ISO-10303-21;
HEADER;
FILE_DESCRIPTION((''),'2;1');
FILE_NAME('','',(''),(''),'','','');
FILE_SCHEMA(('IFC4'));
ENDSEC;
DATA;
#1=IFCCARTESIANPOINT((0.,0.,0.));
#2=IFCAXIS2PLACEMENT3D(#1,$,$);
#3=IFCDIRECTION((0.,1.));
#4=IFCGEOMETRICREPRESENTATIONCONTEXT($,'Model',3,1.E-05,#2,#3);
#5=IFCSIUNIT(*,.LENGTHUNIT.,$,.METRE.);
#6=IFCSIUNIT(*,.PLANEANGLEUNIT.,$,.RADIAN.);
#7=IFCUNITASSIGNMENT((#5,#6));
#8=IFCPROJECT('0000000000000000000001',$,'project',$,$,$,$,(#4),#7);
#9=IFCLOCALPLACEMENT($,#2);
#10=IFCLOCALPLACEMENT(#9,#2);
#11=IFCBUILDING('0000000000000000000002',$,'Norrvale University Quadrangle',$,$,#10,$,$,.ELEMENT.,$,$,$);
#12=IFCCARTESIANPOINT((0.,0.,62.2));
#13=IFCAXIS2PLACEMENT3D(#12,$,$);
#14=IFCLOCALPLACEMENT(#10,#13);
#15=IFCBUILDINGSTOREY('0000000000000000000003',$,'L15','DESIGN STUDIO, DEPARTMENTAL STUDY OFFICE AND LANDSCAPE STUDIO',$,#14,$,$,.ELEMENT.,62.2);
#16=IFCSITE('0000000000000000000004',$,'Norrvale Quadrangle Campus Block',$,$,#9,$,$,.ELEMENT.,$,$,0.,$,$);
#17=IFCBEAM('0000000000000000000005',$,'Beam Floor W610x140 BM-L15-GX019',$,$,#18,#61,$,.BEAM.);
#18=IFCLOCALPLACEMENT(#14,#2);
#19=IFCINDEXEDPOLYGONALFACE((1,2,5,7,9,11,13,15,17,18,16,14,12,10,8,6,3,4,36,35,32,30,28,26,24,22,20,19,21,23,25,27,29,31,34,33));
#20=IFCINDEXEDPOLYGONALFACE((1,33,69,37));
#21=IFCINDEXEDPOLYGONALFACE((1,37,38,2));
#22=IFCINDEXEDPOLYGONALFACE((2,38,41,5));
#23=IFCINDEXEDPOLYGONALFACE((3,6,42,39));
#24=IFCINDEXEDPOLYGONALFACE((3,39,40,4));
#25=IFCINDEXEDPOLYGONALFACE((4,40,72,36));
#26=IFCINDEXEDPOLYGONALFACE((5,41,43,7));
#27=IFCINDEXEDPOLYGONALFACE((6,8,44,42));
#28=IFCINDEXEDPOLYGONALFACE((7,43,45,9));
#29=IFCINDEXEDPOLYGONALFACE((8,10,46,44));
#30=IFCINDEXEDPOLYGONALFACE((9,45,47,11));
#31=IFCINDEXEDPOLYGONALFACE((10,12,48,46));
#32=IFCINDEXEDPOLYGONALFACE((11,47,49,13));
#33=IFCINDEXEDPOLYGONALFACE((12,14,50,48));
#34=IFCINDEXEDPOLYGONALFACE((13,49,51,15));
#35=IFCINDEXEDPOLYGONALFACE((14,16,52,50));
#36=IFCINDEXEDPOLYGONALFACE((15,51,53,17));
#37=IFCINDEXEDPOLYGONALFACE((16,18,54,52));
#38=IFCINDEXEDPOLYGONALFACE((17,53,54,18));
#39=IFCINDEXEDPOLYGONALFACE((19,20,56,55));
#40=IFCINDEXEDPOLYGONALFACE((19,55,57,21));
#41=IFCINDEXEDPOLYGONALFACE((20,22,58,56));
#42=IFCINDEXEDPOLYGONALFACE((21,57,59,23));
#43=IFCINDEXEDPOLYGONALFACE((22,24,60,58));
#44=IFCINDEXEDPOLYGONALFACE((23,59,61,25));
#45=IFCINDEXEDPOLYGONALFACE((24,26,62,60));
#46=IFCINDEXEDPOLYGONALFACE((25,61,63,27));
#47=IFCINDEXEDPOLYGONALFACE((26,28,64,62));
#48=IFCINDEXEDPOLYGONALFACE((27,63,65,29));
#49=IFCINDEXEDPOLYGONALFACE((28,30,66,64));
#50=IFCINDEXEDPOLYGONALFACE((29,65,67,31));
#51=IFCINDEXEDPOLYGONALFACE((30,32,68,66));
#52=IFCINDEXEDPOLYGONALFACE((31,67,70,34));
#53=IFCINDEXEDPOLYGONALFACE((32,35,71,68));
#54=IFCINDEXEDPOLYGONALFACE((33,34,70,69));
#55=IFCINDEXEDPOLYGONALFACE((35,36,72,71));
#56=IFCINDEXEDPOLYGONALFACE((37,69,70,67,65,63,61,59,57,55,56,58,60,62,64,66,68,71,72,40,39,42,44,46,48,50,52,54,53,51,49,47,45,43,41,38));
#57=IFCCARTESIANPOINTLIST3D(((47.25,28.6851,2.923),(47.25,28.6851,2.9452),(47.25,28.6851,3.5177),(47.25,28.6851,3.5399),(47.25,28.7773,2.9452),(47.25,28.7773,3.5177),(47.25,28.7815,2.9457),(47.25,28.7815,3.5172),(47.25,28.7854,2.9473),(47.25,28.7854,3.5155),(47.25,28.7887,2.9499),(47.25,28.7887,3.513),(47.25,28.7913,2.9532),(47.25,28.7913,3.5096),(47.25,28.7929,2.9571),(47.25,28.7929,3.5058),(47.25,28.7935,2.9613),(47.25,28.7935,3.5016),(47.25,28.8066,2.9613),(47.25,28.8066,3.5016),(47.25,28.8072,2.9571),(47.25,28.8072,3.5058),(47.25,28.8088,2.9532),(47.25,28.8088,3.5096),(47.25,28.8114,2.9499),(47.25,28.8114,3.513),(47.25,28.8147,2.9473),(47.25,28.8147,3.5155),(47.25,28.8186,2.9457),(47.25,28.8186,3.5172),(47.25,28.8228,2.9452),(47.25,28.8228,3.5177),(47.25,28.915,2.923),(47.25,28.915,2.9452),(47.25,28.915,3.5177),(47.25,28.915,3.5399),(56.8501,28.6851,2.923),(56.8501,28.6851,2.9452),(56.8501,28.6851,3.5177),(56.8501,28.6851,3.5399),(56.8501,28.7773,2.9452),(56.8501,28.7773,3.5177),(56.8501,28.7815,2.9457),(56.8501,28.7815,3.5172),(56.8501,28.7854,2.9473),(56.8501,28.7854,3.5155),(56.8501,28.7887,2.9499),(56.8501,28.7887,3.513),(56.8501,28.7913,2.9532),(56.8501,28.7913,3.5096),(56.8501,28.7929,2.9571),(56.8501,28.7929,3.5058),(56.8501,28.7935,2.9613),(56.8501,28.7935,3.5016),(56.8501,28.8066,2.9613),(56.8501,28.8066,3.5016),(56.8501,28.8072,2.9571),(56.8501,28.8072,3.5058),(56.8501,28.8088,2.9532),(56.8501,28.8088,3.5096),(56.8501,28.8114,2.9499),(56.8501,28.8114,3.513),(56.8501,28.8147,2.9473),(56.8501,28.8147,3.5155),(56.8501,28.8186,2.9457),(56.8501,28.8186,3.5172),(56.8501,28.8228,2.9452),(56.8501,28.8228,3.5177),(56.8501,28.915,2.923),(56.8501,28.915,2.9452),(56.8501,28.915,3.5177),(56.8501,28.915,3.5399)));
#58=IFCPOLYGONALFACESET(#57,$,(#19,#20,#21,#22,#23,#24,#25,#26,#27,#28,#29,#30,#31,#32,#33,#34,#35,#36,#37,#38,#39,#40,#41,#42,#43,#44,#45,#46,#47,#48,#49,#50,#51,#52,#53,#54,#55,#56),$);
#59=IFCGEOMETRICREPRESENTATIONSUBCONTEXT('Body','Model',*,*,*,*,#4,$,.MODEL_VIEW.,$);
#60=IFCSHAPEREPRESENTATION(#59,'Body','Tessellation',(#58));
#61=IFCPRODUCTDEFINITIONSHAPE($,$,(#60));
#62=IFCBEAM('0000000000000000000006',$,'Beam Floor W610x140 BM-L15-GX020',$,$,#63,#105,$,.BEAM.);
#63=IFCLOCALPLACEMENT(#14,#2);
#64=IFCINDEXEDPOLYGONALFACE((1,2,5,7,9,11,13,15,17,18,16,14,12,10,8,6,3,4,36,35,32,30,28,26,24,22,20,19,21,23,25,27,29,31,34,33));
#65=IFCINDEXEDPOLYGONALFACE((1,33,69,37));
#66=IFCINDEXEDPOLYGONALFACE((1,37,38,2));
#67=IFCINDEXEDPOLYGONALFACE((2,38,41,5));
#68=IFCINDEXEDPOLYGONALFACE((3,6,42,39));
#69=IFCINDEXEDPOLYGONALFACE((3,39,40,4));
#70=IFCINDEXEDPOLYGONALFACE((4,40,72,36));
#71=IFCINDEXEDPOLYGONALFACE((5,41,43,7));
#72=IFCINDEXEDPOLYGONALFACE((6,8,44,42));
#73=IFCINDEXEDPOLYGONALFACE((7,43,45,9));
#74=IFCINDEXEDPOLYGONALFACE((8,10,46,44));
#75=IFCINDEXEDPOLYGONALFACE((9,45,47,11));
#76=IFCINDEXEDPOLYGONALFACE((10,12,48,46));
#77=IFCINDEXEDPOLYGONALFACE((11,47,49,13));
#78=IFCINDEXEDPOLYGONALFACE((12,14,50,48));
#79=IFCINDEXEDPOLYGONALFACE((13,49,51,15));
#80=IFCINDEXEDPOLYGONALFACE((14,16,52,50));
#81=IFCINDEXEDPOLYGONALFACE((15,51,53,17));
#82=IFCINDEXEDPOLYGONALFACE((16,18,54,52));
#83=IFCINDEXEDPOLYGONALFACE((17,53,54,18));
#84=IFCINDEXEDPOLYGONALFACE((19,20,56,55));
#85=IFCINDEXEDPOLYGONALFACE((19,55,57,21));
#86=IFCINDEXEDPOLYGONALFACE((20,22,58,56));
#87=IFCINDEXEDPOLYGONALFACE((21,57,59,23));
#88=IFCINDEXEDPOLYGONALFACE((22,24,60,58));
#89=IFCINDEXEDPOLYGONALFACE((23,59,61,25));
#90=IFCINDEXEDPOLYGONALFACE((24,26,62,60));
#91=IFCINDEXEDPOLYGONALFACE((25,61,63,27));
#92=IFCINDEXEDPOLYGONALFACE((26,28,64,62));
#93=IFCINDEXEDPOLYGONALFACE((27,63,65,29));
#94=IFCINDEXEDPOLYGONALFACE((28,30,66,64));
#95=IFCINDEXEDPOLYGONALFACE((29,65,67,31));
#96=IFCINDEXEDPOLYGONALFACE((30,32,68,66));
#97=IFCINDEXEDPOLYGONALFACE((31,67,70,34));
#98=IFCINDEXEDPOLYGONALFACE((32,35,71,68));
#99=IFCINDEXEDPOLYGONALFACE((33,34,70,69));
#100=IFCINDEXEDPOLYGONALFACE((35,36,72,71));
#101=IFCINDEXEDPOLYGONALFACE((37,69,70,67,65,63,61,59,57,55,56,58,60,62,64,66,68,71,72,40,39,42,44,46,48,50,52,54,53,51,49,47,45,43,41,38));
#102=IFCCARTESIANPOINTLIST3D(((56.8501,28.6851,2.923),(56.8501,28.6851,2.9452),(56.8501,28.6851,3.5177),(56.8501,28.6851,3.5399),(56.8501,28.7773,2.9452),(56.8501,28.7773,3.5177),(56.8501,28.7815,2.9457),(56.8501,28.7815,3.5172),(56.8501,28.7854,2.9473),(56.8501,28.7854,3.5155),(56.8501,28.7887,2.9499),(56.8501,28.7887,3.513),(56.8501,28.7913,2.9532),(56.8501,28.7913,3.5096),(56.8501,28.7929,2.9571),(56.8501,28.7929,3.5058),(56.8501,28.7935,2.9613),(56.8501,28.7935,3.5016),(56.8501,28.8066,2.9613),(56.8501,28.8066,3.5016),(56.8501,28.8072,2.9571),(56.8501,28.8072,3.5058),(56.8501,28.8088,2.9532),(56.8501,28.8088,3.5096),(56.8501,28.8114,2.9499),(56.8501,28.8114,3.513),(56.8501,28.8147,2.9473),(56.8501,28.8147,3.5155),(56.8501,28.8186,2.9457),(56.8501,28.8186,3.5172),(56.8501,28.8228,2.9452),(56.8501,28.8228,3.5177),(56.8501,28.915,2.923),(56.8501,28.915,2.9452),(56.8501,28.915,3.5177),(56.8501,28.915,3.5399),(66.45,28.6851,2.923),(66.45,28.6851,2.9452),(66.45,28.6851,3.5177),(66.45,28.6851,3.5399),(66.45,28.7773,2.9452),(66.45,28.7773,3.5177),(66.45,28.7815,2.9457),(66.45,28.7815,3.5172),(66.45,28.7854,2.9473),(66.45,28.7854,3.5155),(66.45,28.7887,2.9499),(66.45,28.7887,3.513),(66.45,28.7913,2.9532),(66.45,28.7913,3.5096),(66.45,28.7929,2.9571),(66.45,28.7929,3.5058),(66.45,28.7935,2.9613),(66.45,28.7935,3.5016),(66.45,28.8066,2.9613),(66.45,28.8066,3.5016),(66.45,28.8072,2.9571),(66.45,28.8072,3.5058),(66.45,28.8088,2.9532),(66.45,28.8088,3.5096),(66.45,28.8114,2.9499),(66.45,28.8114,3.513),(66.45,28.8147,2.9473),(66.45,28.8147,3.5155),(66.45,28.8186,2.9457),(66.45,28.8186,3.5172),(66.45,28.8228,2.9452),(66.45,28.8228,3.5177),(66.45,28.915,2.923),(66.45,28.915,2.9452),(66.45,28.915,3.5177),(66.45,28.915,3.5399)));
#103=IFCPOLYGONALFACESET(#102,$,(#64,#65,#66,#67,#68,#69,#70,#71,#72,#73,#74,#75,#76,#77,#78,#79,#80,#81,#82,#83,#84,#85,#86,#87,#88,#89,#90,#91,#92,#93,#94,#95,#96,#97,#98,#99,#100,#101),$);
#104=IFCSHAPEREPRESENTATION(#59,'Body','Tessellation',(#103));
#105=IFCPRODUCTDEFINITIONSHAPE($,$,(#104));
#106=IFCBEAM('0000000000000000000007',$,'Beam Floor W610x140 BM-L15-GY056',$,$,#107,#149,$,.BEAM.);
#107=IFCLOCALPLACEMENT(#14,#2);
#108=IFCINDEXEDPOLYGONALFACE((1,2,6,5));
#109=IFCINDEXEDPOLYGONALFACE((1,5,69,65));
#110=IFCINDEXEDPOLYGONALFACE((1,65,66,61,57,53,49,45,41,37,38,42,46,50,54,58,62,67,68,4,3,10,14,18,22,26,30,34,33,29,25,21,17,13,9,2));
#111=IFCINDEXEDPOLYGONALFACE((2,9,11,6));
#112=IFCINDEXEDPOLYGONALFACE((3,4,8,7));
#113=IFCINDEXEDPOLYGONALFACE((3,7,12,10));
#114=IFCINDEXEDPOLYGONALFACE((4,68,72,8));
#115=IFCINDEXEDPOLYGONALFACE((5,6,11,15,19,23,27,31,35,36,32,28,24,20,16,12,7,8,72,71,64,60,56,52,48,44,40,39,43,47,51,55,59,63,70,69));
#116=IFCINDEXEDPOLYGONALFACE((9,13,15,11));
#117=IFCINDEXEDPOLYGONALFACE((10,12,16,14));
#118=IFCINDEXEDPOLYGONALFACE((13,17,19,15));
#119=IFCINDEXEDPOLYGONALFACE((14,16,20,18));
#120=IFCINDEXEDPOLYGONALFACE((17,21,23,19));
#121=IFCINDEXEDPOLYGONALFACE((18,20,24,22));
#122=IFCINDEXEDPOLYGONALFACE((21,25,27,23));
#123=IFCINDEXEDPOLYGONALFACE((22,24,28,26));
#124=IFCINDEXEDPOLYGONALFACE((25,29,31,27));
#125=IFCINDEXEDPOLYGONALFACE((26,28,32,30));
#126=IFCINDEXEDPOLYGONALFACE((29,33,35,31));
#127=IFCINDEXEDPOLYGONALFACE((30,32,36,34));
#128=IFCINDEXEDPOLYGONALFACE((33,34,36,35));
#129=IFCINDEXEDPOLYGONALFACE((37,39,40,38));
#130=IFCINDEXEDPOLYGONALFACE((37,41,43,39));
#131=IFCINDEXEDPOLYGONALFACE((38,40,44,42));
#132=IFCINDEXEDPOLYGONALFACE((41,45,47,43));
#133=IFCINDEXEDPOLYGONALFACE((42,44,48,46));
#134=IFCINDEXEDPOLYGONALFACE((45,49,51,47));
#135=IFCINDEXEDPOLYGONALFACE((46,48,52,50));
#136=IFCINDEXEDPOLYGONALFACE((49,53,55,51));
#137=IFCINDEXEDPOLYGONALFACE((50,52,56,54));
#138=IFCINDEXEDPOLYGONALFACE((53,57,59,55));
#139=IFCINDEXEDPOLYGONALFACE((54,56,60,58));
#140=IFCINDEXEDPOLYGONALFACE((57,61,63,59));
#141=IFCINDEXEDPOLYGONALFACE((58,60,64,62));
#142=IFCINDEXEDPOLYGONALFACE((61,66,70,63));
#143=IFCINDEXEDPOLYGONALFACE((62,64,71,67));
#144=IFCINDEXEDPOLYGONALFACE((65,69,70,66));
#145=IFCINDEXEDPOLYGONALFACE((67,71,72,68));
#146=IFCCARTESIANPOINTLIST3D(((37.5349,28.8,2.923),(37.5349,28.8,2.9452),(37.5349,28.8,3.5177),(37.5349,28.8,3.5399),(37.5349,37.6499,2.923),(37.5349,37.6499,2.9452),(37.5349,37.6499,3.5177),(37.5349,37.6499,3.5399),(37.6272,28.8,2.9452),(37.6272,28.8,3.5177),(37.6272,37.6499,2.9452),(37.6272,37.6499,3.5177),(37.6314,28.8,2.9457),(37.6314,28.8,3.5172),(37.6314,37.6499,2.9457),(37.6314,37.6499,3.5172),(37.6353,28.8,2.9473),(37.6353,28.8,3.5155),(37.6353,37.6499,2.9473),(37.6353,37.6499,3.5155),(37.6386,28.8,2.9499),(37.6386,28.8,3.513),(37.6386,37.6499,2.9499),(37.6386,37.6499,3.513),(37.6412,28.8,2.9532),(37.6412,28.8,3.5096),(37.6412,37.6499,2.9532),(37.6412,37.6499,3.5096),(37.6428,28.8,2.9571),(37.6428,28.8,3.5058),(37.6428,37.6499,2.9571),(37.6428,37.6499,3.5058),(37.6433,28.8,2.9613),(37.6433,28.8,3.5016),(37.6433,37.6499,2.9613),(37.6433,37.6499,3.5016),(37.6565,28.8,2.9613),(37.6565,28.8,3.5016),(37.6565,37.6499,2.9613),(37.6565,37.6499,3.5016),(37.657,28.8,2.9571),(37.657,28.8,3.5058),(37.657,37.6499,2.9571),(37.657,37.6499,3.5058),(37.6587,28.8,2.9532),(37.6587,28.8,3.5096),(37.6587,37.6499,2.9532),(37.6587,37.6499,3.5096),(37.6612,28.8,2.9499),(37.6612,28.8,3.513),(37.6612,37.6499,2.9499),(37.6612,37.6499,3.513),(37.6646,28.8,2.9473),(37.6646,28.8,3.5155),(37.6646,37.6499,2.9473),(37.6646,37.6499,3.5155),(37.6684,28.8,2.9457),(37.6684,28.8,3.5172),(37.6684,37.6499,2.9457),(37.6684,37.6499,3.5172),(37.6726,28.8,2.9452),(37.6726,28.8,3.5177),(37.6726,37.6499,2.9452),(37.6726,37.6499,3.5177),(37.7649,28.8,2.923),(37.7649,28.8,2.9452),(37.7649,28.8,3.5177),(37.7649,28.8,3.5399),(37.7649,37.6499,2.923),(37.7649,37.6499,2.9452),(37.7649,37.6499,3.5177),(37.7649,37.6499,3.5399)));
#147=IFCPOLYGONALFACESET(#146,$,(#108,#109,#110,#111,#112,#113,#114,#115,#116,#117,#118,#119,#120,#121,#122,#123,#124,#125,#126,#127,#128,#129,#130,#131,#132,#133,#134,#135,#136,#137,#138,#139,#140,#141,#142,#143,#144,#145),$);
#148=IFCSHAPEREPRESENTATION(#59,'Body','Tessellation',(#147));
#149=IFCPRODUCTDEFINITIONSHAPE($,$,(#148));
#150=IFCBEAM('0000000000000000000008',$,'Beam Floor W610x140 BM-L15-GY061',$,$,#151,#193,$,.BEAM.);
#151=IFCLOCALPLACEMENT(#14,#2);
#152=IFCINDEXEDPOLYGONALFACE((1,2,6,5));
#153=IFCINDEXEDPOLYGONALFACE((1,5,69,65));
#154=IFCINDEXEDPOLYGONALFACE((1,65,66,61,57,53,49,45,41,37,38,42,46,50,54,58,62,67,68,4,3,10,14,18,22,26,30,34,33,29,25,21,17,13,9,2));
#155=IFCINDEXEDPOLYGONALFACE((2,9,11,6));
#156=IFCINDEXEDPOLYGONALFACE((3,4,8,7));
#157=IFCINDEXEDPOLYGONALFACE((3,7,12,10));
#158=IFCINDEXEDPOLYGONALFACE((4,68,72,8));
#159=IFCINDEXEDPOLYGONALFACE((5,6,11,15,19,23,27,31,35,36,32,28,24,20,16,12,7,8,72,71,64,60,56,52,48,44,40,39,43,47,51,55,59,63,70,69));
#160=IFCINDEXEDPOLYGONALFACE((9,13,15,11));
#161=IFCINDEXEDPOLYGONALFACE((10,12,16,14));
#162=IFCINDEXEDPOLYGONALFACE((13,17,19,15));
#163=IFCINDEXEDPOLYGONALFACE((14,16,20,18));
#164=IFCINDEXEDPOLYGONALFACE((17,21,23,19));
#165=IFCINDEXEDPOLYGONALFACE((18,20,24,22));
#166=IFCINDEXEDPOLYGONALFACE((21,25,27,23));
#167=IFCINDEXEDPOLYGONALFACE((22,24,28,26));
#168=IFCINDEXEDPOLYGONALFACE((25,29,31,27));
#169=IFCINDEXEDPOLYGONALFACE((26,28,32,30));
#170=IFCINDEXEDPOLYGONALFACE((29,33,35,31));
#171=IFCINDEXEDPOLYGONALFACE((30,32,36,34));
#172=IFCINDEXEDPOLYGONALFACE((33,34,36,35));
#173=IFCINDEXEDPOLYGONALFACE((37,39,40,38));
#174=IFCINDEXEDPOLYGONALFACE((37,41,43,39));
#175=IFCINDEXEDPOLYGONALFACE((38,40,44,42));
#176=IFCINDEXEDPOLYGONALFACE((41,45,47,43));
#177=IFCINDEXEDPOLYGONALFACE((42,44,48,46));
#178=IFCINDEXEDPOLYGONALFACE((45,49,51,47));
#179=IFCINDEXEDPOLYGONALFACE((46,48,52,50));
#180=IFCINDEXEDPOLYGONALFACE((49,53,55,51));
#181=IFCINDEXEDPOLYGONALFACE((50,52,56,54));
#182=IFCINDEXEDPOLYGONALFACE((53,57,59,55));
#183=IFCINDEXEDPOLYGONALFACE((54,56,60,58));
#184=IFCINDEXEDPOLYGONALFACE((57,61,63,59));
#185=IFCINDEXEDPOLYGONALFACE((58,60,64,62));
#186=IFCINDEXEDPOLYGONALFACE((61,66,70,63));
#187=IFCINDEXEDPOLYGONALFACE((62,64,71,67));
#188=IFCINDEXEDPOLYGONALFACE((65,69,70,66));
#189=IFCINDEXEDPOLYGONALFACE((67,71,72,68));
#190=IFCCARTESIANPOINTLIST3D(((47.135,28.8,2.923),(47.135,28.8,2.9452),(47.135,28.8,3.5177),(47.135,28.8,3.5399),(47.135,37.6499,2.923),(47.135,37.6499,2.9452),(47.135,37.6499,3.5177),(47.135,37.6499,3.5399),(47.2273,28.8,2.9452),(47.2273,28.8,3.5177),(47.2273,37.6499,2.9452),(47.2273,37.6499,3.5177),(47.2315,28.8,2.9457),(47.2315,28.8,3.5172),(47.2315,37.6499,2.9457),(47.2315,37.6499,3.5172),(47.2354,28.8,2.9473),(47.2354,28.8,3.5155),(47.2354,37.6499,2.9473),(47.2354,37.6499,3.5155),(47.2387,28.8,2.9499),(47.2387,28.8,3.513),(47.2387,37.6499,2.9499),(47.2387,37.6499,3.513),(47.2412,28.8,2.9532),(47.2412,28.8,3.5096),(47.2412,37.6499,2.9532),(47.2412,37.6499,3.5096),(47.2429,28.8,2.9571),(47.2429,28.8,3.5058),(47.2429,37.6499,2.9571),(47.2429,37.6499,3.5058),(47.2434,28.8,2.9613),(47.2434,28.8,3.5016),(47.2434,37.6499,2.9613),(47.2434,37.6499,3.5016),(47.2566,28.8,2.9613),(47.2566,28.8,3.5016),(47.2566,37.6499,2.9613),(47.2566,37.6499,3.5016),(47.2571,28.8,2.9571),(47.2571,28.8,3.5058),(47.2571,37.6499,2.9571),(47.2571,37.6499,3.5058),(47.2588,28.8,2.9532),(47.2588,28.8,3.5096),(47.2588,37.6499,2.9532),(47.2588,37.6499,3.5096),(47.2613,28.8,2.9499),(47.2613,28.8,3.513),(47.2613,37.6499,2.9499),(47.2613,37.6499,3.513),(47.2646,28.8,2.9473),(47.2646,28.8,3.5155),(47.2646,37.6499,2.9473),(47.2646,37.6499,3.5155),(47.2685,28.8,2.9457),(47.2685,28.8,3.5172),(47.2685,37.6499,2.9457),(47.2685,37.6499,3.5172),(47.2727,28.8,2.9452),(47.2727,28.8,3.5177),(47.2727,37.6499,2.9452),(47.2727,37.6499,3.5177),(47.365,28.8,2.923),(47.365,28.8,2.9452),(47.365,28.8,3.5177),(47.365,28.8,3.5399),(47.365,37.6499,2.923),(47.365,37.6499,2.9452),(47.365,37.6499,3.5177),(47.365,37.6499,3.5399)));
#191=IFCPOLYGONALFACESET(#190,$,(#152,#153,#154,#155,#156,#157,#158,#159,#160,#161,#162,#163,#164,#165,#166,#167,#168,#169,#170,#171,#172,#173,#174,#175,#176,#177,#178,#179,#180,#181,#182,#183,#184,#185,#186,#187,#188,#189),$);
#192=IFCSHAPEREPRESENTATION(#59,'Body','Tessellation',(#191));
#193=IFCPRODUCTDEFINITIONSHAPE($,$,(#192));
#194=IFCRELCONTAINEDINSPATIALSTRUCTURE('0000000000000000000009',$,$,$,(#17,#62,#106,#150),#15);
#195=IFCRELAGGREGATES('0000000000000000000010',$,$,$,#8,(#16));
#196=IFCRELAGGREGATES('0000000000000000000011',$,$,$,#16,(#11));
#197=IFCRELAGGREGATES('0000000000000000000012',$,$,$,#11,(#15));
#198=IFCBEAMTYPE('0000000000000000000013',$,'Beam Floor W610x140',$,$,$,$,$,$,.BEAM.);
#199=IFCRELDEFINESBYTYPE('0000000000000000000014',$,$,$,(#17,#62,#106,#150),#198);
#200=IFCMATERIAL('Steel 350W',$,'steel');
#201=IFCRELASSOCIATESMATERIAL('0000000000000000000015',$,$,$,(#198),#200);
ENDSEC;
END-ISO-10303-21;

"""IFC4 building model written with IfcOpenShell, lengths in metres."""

from ifc_helpers import new_model, si_unit, direction, frame, origin, origin_2d, place, context, subcontext, project, spatial, i_section, extrude, material, material_profile, profile_set, type_object, element, save


model = new_model("IFC4")

# Units and contexts
model_context = context("Model", 3, precision=1e-05, world=origin(), true_north=direction((0.0, 1.0)))
body_context = subcontext(model_context, "Body", "Model", "MODEL_VIEW")
ifc_project = project(units=[si_unit("LENGTHUNIT", "METRE"), si_unit("PLANEANGLEUNIT", "RADIAN")], contexts=[model_context])

# Site, building, storey
site_placement = place(None, origin())
site = spatial("IfcSite", under=ifc_project, at=site_placement, Name="Norrvale Quadrangle Campus Block", CompositionType="ELEMENT", RefElevation=0.0)
building_placement = place(site_placement, origin())
building = spatial("IfcBuilding", under=site, at=building_placement, Name="Norrvale University Quadrangle", CompositionType="ELEMENT")
storey_placement = place(building_placement, frame((0.0, 0.0, 62.2)))
storey = spatial("IfcBuildingStorey", under=building, at=storey_placement, Name="L15", Description="DESIGN STUDIO, DEPARTMENTAL STUDY OFFICE AND LANDSCAPE STUDIO", CompositionType="ELEMENT", Elevation=62.2)

# Beams
ifc_material_1 = material(Name="Steel 350W", Category="steel")
ifc_material_profile_1 = material_profile(ifc_material_1, i_section(OverallWidth=0.23, OverallDepth=0.6169, WebThickness=0.0132, FlangeThickness=0.0222, FilletRadius=0.0161, at=origin_2d()), Name="Steel 350W")
ifc_profile_set_1 = profile_set([ifc_material_profile_1], Name="Steel 350W")
beam_type_1 = type_object("IfcBeamType", Name="Beam Floor W610x140", PredefinedType="BEAM", material=ifc_profile_set_1)
for number, where, z_axis, x_axis, name in (
    (1, (47.25, 28.8, 3.2314), (1.0, 0.0, 0.0), (0.0, 1.0, 0.0), "Beam Floor W610x140 BM-L15-GX019"),
):
    element("IfcBeam", number, at=place(storey_placement, frame(where, z_axis=z_axis, x_axis=x_axis)), inside=storey, type_object=beam_type_1, Name=name, PredefinedType="BEAM", context=body_context, shape_type="SweptSolid", body=[
        extrude(i_section(OverallWidth=0.23, OverallDepth=0.6169, WebThickness=0.0132, FlangeThickness=0.0222, FilletRadius=0.0161, at=origin_2d()), origin(), (0.0, 0.0, 1.0), 9.6001),
    ])
beam_1_placement = place(storey_placement, frame((56.8501, 28.8, 3.2314), z_axis=(1.0, 0.0, 0.0), x_axis=(0.0, 1.0, 0.0)))
element("IfcBeam", 2, at=beam_1_placement, inside=storey, type_object=beam_type_1, Name="Beam Floor W610x140 BM-L15-GX020", PredefinedType="BEAM", context=body_context, shape_type="SweptSolid", body=[
    extrude(i_section(OverallWidth=0.23, OverallDepth=0.6169, WebThickness=0.0132, FlangeThickness=0.0222, FilletRadius=0.0161, at=origin_2d()), origin(), (0.0, 0.0, 1.0), 9.5999),
])
for number, where, z_axis, x_axis, name in (
    (3, (37.6499, 28.8, 3.2314), (0.0, 1.0, 0.0), (-1.0, 0.0, 0.0), "Beam Floor W610x140 BM-L15-GY056"),
    (4, (47.25, 28.8, 3.2314), (0.0, 1.0, 0.0), (-1.0, 0.0, 0.0), "Beam Floor W610x140 BM-L15-GY061"),
):
    element("IfcBeam", number, at=place(storey_placement, frame(where, z_axis=z_axis, x_axis=x_axis)), inside=storey, type_object=beam_type_1, Name=name, PredefinedType="BEAM", context=body_context, shape_type="SweptSolid", body=[
        extrude(i_section(OverallWidth=0.23, OverallDepth=0.6169, WebThickness=0.0132, FlangeThickness=0.0222, FilletRadius=0.0161, at=origin_2d()), origin(), (0.0, 0.0, 1.0), 8.8499),
    ])

save(model, "model.ifc")
